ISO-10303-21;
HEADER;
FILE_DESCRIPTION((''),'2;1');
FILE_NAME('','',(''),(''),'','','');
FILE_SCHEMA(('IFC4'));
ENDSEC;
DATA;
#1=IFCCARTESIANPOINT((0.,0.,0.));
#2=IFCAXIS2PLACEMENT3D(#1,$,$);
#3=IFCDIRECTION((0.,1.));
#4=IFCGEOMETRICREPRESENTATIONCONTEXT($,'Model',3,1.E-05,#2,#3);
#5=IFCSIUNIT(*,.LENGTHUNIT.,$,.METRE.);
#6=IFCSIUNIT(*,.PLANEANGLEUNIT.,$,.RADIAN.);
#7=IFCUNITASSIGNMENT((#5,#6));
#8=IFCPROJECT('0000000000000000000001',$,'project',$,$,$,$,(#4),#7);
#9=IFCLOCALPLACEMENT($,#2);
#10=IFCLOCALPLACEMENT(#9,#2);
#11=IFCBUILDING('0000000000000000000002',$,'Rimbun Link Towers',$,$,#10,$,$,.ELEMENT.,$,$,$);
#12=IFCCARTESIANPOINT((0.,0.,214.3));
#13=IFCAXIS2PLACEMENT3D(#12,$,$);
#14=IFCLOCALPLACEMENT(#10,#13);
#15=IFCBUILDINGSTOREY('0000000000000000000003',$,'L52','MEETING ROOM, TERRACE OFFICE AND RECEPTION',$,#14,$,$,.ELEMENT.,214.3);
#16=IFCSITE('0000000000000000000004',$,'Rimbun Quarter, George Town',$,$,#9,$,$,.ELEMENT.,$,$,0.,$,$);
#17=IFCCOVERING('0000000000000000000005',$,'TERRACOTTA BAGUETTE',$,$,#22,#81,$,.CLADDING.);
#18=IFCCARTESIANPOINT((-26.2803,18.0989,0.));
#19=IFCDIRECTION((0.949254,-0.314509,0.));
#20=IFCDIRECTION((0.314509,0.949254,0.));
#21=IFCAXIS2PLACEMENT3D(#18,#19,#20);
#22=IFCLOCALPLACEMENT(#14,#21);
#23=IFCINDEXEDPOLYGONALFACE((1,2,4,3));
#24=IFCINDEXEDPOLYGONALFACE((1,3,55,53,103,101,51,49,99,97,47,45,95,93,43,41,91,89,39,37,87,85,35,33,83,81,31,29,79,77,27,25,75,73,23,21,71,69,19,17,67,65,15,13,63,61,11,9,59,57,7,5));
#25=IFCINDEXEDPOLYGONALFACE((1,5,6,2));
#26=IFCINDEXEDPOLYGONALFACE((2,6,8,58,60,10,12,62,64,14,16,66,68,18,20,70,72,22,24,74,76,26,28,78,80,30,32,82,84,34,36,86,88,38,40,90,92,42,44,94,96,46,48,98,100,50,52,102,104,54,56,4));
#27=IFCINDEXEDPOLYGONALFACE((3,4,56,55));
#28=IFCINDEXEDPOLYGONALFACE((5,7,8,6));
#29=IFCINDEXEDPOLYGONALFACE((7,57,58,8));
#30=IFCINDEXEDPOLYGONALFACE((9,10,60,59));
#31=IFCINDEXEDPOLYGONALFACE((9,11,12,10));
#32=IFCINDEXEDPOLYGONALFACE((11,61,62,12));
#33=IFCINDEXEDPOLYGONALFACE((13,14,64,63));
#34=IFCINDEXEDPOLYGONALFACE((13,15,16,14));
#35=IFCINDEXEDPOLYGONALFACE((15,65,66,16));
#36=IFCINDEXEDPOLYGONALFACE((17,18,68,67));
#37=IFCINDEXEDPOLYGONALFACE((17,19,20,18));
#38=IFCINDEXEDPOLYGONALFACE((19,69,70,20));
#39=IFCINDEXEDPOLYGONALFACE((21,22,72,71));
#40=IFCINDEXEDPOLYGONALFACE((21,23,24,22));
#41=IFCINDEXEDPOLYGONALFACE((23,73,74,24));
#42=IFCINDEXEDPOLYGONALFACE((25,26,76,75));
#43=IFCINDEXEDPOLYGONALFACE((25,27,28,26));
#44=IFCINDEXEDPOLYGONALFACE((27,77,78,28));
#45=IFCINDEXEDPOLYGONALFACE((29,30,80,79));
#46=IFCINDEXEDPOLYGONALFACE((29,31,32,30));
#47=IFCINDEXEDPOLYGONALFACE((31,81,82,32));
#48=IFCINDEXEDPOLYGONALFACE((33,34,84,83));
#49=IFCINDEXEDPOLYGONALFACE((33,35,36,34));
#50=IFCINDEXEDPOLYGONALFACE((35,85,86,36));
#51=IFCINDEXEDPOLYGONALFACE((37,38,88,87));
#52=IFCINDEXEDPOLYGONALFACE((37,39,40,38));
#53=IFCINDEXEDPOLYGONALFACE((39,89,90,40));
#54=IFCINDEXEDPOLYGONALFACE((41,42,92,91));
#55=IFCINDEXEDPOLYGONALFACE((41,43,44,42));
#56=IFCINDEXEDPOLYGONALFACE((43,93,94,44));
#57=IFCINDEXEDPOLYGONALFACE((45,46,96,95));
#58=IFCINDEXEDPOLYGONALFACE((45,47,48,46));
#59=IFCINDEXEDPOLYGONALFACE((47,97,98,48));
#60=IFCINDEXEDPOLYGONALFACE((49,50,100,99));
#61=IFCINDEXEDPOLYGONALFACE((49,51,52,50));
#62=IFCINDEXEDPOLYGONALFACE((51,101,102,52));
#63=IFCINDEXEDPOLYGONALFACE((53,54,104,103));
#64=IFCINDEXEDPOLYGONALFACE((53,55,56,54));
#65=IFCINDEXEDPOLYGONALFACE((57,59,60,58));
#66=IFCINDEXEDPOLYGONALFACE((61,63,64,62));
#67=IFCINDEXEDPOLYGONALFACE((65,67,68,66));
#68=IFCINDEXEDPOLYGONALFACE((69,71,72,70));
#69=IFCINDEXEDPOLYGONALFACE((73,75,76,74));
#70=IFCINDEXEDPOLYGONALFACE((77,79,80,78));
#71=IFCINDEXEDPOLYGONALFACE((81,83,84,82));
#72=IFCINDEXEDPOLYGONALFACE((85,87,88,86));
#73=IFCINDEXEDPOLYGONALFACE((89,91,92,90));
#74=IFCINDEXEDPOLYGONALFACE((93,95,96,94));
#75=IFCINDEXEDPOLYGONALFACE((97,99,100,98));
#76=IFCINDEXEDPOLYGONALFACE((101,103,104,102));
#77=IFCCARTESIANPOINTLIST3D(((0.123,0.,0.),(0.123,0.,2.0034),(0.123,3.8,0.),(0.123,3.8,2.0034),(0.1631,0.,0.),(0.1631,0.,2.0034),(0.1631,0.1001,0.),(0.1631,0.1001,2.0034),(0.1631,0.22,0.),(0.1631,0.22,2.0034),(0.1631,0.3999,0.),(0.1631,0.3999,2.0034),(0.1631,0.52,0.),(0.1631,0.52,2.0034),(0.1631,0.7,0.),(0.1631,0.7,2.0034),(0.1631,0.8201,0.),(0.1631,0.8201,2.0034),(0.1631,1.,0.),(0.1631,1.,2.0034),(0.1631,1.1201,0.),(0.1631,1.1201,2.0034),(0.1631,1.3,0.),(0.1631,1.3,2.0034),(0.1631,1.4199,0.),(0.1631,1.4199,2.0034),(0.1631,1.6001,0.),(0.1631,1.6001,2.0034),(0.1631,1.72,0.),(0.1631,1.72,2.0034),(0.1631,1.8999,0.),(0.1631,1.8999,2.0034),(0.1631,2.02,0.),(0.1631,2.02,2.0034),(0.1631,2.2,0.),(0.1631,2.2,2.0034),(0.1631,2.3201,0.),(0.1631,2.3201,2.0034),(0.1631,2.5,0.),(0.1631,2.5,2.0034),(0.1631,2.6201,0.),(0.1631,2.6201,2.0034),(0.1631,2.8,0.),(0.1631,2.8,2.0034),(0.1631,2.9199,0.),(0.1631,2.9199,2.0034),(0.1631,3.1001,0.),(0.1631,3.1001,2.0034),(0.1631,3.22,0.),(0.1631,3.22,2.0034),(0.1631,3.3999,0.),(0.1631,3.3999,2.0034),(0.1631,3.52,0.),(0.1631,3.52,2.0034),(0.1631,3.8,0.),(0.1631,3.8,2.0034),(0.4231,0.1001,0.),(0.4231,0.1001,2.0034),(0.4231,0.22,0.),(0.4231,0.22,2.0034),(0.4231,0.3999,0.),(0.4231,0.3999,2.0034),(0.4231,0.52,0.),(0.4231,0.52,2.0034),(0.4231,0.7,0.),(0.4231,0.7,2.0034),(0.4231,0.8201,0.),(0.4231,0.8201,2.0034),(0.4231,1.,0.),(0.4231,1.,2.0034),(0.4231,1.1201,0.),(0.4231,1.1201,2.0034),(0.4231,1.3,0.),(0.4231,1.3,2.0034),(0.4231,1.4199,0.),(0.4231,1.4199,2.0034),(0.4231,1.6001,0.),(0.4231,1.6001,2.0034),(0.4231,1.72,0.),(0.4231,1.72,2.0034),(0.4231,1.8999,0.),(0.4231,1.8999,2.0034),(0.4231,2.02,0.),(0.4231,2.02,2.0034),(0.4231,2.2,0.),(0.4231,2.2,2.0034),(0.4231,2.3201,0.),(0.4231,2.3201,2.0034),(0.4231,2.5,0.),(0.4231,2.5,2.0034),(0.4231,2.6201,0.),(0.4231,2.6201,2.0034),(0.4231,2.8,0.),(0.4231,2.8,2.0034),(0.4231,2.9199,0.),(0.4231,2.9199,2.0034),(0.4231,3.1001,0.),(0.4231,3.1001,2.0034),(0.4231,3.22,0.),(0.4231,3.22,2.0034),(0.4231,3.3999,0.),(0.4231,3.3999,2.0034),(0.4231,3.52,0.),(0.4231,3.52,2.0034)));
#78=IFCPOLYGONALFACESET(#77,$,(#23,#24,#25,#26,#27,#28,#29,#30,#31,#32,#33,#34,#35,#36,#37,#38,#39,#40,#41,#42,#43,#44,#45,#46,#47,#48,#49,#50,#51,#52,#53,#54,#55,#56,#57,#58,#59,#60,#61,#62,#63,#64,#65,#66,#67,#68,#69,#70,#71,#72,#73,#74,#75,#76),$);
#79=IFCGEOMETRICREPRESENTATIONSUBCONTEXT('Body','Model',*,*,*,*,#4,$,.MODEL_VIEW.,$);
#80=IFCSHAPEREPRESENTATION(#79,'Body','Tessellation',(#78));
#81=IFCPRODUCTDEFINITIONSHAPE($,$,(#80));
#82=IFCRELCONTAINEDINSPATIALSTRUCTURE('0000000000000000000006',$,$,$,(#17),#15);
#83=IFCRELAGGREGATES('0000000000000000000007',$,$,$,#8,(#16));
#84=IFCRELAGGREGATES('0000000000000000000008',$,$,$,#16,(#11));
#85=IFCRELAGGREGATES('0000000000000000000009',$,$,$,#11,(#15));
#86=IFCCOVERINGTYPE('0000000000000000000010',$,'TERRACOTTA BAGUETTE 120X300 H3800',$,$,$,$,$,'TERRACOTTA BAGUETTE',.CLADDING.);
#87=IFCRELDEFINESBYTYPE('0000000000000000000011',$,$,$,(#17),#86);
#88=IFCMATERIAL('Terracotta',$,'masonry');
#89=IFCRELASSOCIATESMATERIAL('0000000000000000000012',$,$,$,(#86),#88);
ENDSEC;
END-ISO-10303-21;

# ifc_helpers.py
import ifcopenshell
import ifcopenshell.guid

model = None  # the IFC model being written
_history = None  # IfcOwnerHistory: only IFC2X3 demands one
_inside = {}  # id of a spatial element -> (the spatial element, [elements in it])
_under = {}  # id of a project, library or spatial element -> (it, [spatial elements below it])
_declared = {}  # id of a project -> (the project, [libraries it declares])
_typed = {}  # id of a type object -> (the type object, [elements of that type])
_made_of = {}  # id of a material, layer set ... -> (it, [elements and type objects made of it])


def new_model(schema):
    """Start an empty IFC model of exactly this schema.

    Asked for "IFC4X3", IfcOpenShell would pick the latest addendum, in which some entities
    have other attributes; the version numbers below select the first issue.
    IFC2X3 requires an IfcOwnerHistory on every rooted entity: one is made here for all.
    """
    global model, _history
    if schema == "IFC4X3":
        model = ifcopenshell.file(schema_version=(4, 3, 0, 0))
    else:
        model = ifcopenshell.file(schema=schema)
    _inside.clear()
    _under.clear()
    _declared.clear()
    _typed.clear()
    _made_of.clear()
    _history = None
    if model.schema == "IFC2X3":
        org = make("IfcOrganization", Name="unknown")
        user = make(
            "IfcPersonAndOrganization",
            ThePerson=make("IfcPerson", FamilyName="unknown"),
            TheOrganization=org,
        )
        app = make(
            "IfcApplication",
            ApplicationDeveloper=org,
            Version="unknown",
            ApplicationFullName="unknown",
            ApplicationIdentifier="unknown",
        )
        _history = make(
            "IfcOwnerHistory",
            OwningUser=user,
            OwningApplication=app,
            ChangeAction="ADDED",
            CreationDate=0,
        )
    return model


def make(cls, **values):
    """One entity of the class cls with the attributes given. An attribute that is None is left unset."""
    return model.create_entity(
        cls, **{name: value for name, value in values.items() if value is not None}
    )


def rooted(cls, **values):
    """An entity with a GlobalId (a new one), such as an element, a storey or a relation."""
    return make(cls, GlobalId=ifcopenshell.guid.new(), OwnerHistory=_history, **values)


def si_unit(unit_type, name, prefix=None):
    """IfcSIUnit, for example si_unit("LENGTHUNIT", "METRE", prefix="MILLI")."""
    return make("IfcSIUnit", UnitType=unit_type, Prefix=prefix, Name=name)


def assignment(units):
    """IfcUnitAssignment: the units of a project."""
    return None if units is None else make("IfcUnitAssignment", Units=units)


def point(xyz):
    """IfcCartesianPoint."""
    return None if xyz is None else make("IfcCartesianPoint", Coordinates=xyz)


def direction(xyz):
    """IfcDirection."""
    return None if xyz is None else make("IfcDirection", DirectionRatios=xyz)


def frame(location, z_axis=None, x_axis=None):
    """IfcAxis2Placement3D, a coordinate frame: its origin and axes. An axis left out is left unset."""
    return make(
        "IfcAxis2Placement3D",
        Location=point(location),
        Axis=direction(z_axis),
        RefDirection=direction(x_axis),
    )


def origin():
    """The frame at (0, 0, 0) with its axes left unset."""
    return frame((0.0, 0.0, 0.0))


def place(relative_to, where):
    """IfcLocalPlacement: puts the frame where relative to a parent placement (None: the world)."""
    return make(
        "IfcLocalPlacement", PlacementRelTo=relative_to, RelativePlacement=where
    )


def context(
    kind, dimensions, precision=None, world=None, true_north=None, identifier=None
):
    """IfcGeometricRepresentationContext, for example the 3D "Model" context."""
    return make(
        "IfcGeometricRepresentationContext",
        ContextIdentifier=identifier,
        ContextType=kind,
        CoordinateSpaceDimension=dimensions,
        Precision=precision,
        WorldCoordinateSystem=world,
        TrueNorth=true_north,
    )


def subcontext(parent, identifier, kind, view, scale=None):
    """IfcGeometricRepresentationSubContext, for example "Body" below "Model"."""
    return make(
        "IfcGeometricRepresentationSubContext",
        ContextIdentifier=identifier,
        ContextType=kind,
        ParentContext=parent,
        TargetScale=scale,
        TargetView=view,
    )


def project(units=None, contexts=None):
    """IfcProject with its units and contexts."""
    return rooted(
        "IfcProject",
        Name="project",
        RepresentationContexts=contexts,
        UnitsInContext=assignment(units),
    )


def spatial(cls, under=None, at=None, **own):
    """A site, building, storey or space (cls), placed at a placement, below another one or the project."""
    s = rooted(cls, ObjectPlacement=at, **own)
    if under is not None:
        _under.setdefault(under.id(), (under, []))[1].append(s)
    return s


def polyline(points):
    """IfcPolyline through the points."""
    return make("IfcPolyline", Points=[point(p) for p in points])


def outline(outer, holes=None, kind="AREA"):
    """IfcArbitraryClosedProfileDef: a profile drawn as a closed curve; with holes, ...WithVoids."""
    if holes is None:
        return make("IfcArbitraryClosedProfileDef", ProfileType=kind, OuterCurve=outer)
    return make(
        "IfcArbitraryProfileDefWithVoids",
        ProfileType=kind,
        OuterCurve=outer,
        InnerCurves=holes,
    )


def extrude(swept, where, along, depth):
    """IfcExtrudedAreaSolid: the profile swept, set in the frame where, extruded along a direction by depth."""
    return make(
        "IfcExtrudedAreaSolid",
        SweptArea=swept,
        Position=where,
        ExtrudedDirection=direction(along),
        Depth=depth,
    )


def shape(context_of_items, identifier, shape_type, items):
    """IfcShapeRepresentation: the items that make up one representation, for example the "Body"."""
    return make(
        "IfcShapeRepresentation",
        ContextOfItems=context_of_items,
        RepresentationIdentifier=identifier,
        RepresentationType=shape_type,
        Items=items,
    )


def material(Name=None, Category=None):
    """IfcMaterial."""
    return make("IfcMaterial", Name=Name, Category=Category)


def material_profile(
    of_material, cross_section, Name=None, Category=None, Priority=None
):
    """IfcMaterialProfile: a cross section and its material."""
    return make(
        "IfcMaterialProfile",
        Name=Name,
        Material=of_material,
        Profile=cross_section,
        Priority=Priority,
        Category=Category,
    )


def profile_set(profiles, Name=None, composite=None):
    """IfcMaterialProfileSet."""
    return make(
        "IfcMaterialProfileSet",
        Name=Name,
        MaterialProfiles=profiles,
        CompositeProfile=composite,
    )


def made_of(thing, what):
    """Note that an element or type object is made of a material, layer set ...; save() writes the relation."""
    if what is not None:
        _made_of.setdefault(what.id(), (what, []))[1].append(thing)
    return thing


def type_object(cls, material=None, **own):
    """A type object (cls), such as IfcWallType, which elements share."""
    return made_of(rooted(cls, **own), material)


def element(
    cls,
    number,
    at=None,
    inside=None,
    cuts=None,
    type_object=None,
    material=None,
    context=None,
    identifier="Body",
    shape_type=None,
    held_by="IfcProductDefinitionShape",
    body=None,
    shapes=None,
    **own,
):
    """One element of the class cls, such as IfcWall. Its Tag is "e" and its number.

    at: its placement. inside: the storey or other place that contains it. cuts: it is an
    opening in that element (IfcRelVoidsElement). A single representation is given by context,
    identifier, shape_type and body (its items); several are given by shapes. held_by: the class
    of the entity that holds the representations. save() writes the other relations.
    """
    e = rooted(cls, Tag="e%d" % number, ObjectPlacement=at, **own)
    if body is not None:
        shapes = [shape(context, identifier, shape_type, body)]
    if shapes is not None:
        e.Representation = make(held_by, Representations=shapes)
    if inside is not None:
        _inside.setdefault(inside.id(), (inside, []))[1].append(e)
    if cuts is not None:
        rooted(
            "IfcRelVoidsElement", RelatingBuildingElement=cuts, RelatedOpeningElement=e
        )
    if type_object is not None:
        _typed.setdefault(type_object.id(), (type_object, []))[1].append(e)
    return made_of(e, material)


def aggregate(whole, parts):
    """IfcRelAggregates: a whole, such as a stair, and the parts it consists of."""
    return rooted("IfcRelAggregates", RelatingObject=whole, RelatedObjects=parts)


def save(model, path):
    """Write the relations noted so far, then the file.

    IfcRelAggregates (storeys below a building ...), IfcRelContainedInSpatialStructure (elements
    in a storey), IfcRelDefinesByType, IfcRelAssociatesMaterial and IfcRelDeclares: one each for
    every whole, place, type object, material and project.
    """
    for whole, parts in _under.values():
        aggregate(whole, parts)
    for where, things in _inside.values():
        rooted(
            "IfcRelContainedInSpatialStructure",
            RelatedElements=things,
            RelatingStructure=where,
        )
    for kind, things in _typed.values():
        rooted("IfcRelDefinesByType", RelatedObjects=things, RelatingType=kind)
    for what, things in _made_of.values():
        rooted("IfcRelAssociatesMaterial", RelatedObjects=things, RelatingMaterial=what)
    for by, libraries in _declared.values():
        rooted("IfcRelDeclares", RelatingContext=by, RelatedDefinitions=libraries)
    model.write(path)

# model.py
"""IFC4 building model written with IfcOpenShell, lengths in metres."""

from ifc_helpers import new_model, si_unit, direction, frame, origin, place, context, subcontext, project, spatial, polyline, outline, extrude, material, material_profile, profile_set, type_object, element, save


model = new_model("IFC4")

# Units and contexts
model_context = context("Model", 3, precision=1e-05, world=origin(), true_north=direction((0.0, 1.0)))
body_context = subcontext(model_context, "Body", "Model", "MODEL_VIEW")
ifc_project = project(units=[si_unit("LENGTHUNIT", "METRE"), si_unit("PLANEANGLEUNIT", "RADIAN")], contexts=[model_context])

# Site, building, storey
site_placement = place(None, origin())
site = spatial("IfcSite", under=ifc_project, at=site_placement, Name="Rimbun Quarter, George Town", CompositionType="ELEMENT", RefElevation=0.0)
building_placement = place(site_placement, origin())
building = spatial("IfcBuilding", under=site, at=building_placement, Name="Rimbun Link Towers", CompositionType="ELEMENT")
storey_placement = place(building_placement, frame((0.0, 0.0, 214.3)))
storey = spatial("IfcBuildingStorey", under=building, at=storey_placement, Name="L52", Description="MEETING ROOM, TERRACE OFFICE AND RECEPTION", CompositionType="ELEMENT", Elevation=214.3)

# Covering
ifc_material_1 = material(Name="Terracotta", Category="masonry")
ifc_material_profile_1 = material_profile(ifc_material_1, outline(polyline([(0.123, 0.0), (0.1631, 0.0), (0.1631, 0.1001), (0.4231, 0.1001), (0.4231, 0.22), (0.1631, 0.22), (0.1631, 0.3999), (0.4231, 0.3999), (0.4231, 0.52), (0.1631, 0.52), (0.1631, 0.7), (0.4231, 0.7), (0.4231, 0.8201), (0.1631, 0.8201), (0.1631, 1.0), (0.4231, 1.0), (0.4231, 1.1201), (0.1631, 1.1201), (0.1631, 1.3), (0.4231, 1.3), (0.4231, 1.4199), (0.1631, 1.4199), (0.1631, 1.6001), (0.4231, 1.6001), (0.4231, 1.72), (0.1631, 1.72), (0.1631, 1.8999), (0.4231, 1.8999), (0.4231, 2.02), (0.1631, 2.02), (0.1631, 2.2), (0.4231, 2.2), (0.4231, 2.3201), (0.1631, 2.3201), (0.1631, 2.5), (0.4231, 2.5), (0.4231, 2.6201), (0.1631, 2.6201), (0.1631, 2.8), (0.4231, 2.8), (0.4231, 2.9199), (0.1631, 2.9199), (0.1631, 3.1001), (0.4231, 3.1001), (0.4231, 3.22), (0.1631, 3.22), (0.1631, 3.3999), (0.4231, 3.3999), (0.4231, 3.52), (0.1631, 3.52), (0.1631, 3.8), (0.123, 3.8), (0.123, 0.0)])), Name="BAGUETTE 120X300")
ifc_profile_set_1 = profile_set([ifc_material_profile_1], Name="Terracotta")
covering_type = type_object("IfcCoveringType", Name="TERRACOTTA BAGUETTE 120X300 H3800", ElementType="TERRACOTTA BAGUETTE", PredefinedType="CLADDING", material=ifc_profile_set_1)
covering_1_placement = place(storey_placement, frame((-26.2803, 18.0989, 0.0), z_axis=(0.949254, -0.314509, 0.0), x_axis=(0.314509, 0.949254, 0.0)))
element("IfcCovering", 1, at=covering_1_placement, inside=storey, type_object=covering_type, Name="TERRACOTTA BAGUETTE", PredefinedType="CLADDING", context=body_context, shape_type="SweptSolid", body=[
    extrude(outline(polyline([(0.123, 0.0), (0.1631, 0.0), (0.1631, 0.1001), (0.4231, 0.1001), (0.4231, 0.22), (0.1631, 0.22), (0.1631, 0.3999), (0.4231, 0.3999), (0.4231, 0.52), (0.1631, 0.52), (0.1631, 0.7), (0.4231, 0.7), (0.4231, 0.8201), (0.1631, 0.8201), (0.1631, 1.0), (0.4231, 1.0), (0.4231, 1.1201), (0.1631, 1.1201), (0.1631, 1.3), (0.4231, 1.3), (0.4231, 1.4199), (0.1631, 1.4199), (0.1631, 1.6001), (0.4231, 1.6001), (0.4231, 1.72), (0.1631, 1.72), (0.1631, 1.8999), (0.4231, 1.8999), (0.4231, 2.02), (0.1631, 2.02), (0.1631, 2.2), (0.4231, 2.2), (0.4231, 2.3201), (0.1631, 2.3201), (0.1631, 2.5), (0.4231, 2.5), (0.4231, 2.6201), (0.1631, 2.6201), (0.1631, 2.8), (0.4231, 2.8), (0.4231, 2.9199), (0.1631, 2.9199), (0.1631, 3.1001), (0.4231, 3.1001), (0.4231, 3.22), (0.1631, 3.22), (0.1631, 3.3999), (0.4231, 3.3999), (0.4231, 3.52), (0.1631, 3.52), (0.1631, 3.8), (0.123, 3.8), (0.123, 0.0)])), origin(), (0.0, 0.0, 1.0), 2.0034),
])

save(model, "model.ifc")
